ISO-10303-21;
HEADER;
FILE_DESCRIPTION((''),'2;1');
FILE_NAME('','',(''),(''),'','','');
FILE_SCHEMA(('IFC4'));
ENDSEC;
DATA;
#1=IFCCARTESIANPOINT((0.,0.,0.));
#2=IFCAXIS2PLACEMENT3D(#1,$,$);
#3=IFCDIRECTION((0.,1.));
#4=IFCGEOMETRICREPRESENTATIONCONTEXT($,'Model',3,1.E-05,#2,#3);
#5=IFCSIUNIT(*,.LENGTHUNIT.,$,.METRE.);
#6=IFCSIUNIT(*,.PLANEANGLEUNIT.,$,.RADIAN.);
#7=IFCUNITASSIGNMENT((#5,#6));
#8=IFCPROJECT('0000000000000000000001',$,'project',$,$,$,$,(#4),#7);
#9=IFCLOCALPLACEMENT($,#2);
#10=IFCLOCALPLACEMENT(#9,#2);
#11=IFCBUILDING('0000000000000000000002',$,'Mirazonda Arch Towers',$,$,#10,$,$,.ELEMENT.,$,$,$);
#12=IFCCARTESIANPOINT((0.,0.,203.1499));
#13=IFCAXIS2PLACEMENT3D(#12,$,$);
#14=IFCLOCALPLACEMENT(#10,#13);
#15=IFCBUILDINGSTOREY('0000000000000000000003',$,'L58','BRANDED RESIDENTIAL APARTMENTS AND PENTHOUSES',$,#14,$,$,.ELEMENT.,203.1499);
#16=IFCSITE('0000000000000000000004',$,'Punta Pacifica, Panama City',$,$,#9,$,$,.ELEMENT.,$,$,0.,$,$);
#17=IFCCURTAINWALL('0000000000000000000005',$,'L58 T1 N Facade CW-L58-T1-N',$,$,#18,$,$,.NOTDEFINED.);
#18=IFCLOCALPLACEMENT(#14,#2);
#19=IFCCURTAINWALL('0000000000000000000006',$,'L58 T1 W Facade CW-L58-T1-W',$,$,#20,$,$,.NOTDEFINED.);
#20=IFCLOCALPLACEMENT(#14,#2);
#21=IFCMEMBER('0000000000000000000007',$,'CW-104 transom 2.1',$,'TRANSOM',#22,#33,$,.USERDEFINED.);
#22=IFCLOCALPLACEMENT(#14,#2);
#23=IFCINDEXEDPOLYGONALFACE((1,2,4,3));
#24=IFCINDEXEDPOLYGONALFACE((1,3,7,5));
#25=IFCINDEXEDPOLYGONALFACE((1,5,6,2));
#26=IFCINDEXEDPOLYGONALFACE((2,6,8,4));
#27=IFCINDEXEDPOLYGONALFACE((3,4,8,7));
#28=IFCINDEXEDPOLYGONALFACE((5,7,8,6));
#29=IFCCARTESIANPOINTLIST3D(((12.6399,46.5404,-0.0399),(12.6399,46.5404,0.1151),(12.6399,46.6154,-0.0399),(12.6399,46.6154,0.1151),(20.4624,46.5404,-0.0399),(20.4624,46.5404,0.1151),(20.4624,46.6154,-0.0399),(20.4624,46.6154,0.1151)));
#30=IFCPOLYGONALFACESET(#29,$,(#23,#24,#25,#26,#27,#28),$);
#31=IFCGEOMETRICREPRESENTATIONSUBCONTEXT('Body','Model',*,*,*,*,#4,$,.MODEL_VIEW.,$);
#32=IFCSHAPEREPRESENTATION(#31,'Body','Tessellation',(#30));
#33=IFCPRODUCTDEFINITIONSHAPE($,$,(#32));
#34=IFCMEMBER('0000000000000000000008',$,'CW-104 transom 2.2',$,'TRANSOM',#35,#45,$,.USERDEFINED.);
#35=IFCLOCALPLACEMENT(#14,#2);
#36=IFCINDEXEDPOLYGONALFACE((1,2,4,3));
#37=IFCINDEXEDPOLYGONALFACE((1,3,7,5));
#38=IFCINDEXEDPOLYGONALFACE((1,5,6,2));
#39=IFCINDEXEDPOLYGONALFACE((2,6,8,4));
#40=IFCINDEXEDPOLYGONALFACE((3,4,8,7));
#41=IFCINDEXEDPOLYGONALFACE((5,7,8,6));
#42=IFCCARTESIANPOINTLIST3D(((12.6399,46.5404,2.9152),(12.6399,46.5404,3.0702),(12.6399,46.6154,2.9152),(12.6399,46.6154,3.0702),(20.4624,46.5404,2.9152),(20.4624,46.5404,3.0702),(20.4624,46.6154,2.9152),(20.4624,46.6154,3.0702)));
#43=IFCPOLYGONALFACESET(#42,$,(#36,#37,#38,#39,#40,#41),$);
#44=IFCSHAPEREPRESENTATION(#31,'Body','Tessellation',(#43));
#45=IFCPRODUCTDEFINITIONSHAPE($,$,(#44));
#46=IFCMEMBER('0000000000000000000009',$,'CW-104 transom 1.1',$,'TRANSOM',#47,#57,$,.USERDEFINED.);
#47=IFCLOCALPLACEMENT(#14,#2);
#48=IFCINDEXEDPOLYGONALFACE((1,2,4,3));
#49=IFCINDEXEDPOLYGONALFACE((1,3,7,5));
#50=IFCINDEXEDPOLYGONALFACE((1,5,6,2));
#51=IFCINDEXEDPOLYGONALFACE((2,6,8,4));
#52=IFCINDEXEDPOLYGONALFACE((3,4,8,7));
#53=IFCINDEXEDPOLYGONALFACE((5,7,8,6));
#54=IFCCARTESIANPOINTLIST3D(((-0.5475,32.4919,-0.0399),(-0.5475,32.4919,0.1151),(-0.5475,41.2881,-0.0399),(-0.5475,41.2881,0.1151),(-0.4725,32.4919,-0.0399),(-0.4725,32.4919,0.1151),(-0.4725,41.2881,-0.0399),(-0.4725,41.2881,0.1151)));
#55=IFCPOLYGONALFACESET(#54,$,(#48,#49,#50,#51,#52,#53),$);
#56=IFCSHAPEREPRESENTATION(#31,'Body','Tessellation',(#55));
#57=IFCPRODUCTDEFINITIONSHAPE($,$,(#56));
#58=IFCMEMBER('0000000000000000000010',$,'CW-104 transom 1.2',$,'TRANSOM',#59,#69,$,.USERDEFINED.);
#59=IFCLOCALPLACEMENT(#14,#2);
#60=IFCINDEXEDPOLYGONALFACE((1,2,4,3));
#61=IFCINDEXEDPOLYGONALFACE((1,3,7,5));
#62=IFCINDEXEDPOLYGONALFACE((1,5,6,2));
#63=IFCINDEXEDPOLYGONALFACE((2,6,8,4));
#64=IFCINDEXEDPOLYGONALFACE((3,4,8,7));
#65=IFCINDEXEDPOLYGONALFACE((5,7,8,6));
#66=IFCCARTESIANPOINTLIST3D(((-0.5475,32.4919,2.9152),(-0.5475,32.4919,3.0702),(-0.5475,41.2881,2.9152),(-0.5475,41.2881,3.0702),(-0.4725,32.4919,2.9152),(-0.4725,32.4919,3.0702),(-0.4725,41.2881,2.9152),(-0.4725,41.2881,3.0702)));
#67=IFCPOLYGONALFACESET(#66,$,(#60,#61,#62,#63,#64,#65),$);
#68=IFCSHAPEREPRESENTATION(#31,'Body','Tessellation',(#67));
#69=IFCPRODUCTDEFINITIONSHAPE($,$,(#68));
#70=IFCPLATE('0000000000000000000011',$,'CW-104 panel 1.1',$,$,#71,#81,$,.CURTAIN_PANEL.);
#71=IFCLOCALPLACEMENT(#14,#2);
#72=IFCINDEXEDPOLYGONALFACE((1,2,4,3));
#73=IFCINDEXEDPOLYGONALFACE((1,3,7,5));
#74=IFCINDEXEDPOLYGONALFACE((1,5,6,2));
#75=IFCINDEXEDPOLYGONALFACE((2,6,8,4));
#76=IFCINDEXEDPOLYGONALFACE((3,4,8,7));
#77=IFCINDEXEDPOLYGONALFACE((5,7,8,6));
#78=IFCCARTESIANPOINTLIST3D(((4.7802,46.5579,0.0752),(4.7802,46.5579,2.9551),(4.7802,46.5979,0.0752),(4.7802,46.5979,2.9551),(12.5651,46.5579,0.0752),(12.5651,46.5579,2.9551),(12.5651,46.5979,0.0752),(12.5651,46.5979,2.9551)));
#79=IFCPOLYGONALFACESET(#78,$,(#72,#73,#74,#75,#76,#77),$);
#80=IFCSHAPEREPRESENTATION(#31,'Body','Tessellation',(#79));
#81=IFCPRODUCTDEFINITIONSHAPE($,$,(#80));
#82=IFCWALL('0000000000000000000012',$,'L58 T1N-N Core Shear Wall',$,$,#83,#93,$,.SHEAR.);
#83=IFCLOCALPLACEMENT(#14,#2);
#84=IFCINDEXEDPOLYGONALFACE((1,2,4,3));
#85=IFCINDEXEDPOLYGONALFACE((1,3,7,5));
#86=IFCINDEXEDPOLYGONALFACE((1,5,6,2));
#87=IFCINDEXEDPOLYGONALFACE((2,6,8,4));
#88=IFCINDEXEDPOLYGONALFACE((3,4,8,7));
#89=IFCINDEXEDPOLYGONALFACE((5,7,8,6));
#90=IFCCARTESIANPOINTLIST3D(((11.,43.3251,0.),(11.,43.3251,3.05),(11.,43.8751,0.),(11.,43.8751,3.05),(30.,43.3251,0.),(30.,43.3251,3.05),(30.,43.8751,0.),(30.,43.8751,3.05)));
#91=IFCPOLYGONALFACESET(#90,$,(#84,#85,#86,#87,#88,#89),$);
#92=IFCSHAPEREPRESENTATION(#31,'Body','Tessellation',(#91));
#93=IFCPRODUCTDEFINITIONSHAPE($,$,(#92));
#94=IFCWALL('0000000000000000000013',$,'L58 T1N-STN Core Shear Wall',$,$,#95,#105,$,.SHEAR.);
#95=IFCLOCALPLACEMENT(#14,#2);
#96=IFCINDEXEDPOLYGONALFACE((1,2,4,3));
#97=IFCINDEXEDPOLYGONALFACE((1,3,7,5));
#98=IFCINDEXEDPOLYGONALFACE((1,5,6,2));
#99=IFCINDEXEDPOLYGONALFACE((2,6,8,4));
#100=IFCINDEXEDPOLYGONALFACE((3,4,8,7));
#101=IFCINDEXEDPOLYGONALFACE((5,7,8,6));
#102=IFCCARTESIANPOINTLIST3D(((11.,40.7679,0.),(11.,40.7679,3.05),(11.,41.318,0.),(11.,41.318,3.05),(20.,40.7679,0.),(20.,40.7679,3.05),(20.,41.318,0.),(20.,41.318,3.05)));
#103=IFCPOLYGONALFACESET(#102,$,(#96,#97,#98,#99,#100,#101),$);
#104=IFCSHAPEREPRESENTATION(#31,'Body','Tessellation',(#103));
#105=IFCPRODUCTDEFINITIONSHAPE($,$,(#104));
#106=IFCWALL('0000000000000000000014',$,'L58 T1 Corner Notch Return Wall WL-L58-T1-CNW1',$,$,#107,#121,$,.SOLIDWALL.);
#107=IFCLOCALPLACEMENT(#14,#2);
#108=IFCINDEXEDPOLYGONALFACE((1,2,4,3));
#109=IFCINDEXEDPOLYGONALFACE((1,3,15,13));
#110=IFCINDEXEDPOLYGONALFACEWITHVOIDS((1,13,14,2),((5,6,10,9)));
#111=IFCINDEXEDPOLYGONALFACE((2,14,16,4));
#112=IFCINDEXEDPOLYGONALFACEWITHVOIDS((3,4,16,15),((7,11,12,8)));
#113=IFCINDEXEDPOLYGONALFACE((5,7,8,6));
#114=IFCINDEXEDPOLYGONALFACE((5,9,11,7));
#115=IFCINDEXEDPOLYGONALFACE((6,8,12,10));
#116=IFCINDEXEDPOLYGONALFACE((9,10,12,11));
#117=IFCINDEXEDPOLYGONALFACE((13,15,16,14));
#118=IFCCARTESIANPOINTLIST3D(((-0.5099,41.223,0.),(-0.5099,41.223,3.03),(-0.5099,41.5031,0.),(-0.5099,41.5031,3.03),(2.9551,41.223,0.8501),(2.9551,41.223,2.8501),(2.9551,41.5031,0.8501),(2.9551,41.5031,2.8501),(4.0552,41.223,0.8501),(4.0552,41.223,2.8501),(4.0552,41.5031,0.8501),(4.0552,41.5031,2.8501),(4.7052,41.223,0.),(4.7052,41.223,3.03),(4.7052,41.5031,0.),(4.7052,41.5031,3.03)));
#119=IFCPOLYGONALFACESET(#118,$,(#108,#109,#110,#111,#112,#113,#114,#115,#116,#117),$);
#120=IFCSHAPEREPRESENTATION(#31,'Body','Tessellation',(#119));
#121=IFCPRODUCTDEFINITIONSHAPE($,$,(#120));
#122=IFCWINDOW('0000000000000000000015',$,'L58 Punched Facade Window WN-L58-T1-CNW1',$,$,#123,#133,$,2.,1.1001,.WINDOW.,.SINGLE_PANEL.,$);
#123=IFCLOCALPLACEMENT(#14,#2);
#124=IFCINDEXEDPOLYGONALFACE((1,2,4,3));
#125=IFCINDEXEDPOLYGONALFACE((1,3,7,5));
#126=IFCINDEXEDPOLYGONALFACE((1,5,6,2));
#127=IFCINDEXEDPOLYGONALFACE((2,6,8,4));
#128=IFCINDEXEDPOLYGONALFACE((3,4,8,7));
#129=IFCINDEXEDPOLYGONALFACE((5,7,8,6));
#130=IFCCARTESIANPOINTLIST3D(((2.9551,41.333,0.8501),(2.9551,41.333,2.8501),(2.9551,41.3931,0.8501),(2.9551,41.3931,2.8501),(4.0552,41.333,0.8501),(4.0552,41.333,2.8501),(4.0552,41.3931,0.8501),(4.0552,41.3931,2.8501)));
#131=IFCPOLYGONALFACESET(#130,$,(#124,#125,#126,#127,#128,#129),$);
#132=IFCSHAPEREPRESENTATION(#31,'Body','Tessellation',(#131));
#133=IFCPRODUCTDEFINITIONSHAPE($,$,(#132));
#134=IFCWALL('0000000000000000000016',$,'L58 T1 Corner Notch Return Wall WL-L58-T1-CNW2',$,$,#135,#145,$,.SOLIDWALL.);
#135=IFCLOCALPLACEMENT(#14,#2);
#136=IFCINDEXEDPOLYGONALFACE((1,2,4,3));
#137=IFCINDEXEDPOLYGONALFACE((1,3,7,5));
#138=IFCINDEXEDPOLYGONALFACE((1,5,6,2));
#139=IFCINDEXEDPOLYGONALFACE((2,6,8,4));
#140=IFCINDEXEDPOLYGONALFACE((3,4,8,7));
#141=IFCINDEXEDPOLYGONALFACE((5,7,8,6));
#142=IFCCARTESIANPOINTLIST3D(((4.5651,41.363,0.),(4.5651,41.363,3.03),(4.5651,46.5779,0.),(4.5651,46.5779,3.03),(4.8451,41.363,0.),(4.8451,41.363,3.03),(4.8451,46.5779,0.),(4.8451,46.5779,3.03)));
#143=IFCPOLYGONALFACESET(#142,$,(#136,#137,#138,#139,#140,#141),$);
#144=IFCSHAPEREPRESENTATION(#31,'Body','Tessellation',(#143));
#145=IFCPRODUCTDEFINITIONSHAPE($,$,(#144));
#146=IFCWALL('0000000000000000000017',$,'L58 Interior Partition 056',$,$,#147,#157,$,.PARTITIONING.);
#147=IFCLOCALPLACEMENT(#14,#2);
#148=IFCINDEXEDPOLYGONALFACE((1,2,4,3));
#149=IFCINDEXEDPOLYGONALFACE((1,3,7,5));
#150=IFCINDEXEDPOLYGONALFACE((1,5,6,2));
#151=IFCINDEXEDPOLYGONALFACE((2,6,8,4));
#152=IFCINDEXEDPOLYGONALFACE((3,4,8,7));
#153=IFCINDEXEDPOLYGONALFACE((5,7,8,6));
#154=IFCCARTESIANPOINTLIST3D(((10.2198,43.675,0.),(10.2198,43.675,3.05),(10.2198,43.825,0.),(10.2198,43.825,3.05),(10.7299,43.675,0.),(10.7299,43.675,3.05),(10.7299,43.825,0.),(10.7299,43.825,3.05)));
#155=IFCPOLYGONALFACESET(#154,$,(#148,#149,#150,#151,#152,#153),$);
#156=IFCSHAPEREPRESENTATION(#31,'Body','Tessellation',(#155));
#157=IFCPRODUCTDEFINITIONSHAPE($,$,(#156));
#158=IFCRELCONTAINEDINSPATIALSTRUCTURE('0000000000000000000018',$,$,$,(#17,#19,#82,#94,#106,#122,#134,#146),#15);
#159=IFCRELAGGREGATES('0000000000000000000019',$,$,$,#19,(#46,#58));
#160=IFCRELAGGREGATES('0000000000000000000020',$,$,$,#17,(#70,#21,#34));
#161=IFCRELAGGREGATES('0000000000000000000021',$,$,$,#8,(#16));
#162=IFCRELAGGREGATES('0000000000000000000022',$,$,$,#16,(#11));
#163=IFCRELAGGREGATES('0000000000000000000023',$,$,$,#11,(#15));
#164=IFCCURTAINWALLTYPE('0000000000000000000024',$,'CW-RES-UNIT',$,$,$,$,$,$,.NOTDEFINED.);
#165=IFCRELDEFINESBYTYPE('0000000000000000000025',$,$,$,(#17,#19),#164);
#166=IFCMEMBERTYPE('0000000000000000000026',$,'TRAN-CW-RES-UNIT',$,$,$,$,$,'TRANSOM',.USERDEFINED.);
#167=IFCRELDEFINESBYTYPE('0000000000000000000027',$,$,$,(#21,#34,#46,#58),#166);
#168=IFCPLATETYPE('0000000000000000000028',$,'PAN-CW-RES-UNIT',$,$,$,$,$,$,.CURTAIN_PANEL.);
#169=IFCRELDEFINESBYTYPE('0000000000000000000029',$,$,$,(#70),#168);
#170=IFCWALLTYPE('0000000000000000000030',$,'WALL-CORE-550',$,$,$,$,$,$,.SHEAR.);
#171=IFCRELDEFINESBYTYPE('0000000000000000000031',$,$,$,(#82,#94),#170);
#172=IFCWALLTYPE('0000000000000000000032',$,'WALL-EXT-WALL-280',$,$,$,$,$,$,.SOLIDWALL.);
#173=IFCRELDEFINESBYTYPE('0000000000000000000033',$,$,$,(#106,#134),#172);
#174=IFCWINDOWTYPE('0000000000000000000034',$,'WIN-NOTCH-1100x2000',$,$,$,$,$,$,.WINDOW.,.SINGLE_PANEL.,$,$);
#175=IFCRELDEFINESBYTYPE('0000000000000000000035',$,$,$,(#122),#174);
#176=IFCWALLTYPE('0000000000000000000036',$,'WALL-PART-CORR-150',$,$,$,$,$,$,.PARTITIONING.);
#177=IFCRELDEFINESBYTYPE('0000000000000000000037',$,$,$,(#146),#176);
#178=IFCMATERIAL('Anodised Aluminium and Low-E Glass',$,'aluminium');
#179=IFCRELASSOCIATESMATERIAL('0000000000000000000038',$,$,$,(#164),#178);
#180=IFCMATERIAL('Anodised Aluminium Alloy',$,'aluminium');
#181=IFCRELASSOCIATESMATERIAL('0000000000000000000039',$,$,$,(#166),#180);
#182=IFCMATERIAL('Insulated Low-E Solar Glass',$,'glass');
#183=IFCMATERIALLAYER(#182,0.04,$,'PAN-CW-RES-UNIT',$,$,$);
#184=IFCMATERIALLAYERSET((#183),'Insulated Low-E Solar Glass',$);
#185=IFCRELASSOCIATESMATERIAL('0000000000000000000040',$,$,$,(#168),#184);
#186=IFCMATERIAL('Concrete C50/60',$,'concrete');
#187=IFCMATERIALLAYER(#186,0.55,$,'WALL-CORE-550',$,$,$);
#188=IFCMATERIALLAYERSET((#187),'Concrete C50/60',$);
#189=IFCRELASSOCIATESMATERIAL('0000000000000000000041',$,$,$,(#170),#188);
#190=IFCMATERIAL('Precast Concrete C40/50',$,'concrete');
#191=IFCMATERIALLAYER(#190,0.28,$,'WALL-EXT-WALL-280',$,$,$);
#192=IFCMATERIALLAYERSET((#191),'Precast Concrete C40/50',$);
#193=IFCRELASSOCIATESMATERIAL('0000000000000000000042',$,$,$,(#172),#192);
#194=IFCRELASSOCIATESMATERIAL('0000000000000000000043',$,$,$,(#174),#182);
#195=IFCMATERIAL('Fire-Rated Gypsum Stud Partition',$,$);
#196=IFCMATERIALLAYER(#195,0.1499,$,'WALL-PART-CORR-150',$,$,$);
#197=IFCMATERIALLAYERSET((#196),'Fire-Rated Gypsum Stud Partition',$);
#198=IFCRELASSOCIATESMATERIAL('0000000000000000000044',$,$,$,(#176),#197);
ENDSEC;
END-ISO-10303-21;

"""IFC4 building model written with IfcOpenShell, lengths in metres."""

from ifc_helpers import new_model, si_unit, direction, frame, frame_2d, origin, origin_2d, place, context, subcontext, project, spatial, rectangle, extrude, material, layer, layer_set, material_profile, profile_set, type_object, element, fill, aggregate, save


model = new_model("IFC4")

# Units and contexts
model_context = context("Model", 3, precision=1e-05, world=origin(), true_north=direction((0.0, 1.0)))
body_context = subcontext(model_context, "Body", "Model", "MODEL_VIEW")
ifc_project = project(units=[si_unit("LENGTHUNIT", "METRE"), si_unit("PLANEANGLEUNIT", "RADIAN")], contexts=[model_context])

# Site, building, storey
site_placement = place(None, origin())
site = spatial("IfcSite", under=ifc_project, at=site_placement, Name="Punta Pacifica, Panama City", CompositionType="ELEMENT", RefElevation=0.0)
building_placement = place(site_placement, origin())
building = spatial("IfcBuilding", under=site, at=building_placement, Name="Mirazonda Arch Towers", CompositionType="ELEMENT")
storey_placement = place(building_placement, frame((0.0, 0.0, 203.1499)))
storey = spatial("IfcBuildingStorey", under=building, at=storey_placement, Name="L58", Description="BRANDED RESIDENTIAL APARTMENTS AND PENTHOUSES", CompositionType="ELEMENT", Elevation=203.1499)

# Shared definitions
ifc_material_1 = material(Name="Concrete C50/60", Category="concrete")

# Curtain wall
ifc_material_2 = material(Name="Anodised Aluminium and Low-E Glass", Category="aluminium")
curtain_wall_type = type_object("IfcCurtainWallType", Name="CW-RES-UNIT", PredefinedType="NOTDEFINED", material=ifc_material_2)
curtain_wall_1_placement = place(storey_placement, origin())
curtain_wall_1 = element("IfcCurtainWall", 1, at=curtain_wall_1_placement, inside=storey, type_object=curtain_wall_type, Name="L58 T1 N Facade CW-L58-T1-N", PredefinedType="NOTDEFINED")
ifc_material_3 = material(Name="Anodised Aluminium Alloy", Category="aluminium")

# Curtain wall
curtain_wall_2_placement = place(storey_placement, origin())
curtain_wall_2 = element("IfcCurtainWall", 2, at=curtain_wall_2_placement, inside=storey, type_object=curtain_wall_type, Name="L58 T1 W Facade CW-L58-T1-W", PredefinedType="NOTDEFINED")

# Members
ifc_material_profile_1 = material_profile(ifc_material_3, rectangle(XDim=0.075, YDim=0.155, at=origin_2d()), Name="ALU-TRAN-75x155")
ifc_profile_set_1 = profile_set([ifc_material_profile_1], Name="Anodised Aluminium Alloy")
member_type_1 = type_object("IfcMemberType", Name="TRAN-CW-RES-UNIT", ElementType="TRANSOM", PredefinedType="USERDEFINED", material=ifc_profile_set_1)
member_1_placement = place(storey_placement, frame((12.6399, 46.5779, 0.0376), z_axis=(1.0, 0.0, 0.0), x_axis=(0.0, 1.0, 0.0)))
member_1 = element("IfcMember", 3, at=member_1_placement, type_object=member_type_1, Name="CW-104 transom 2.1", ObjectType="TRANSOM", PredefinedType="USERDEFINED", context=body_context, shape_type="SweptSolid", body=[
    extrude(rectangle(XDim=0.075, YDim=0.155, at=origin_2d()), origin(), (0.0, 0.0, 1.0), 7.8225),
])
member_2_placement = place(storey_placement, frame((12.6399, 46.5779, 2.9927), z_axis=(1.0, 0.0, 0.0), x_axis=(0.0, 1.0, 0.0)))
member_2 = element("IfcMember", 4, at=member_2_placement, type_object=member_type_1, Name="CW-104 transom 2.2", ObjectType="TRANSOM", PredefinedType="USERDEFINED", context=body_context, shape_type="SweptSolid", body=[
    extrude(rectangle(XDim=0.075, YDim=0.155, at=origin_2d()), origin(), (0.0, 0.0, 1.0), 7.8225),
])
member_3_placement = place(storey_placement, frame((-0.51, 41.2881, 0.0376), z_axis=(0.0, -1.0, 0.0), x_axis=(1.0, 0.0, 0.0)))
member_3 = element("IfcMember", 5, at=member_3_placement, type_object=member_type_1, Name="CW-104 transom 1.1", ObjectType="TRANSOM", PredefinedType="USERDEFINED", context=body_context, shape_type="SweptSolid", body=[
    extrude(rectangle(XDim=0.075, YDim=0.155, at=origin_2d()), origin(), (0.0, 0.0, 1.0), 8.7961),
])
member_4_placement = place(storey_placement, frame((-0.51, 41.2881, 2.9927), z_axis=(0.0, -1.0, 0.0), x_axis=(1.0, 0.0, 0.0)))
member_4 = element("IfcMember", 6, at=member_4_placement, type_object=member_type_1, Name="CW-104 transom 1.2", ObjectType="TRANSOM", PredefinedType="USERDEFINED", context=body_context, shape_type="SweptSolid", body=[
    extrude(rectangle(XDim=0.075, YDim=0.155, at=origin_2d()), origin(), (0.0, 0.0, 1.0), 8.7961),
])
aggregate(curtain_wall_2, [member_3, member_4])

# Plate
ifc_material_4 = material(Name="Insulated Low-E Solar Glass", Category="glass")
ifc_layer_1 = layer(ifc_material_4, 0.04, Name="PAN-CW-RES-UNIT")
ifc_layer_set_1 = layer_set([ifc_layer_1], Name="Insulated Low-E Solar Glass")
plate_type = type_object("IfcPlateType", Name="PAN-CW-RES-UNIT", PredefinedType="CURTAIN_PANEL", material=ifc_layer_set_1)
plate_placement = place(storey_placement, frame((8.6726, 46.5779, 0.0752), z_axis=(0.0, 0.0, 1.0), x_axis=(1.0, 0.0, 0.0)))
plate = element("IfcPlate", 7, at=plate_placement, type_object=plate_type, Name="CW-104 panel 1.1", PredefinedType="CURTAIN_PANEL", context=body_context, shape_type="SweptSolid", body=[
    extrude(rectangle(XDim=7.7849, YDim=0.04, at=origin_2d()), origin(), (0.0, 0.0, 1.0), 2.8799),
])
aggregate(curtain_wall_1, [plate, member_1, member_2])

# Walls
ifc_layer_2 = layer(ifc_material_1, 0.55, Name="WALL-CORE-550")
ifc_layer_set_2 = layer_set([ifc_layer_2], Name="Concrete C50/60")
wall_type_1 = type_object("IfcWallType", Name="WALL-CORE-550", PredefinedType="SHEAR", material=ifc_layer_set_2)
wall_1_placement = place(storey_placement, frame((11.0, 43.6001, 0.0), z_axis=(0.0, 0.0, 1.0), x_axis=(1.0, 0.0, 0.0)))
element("IfcWall", 8, at=wall_1_placement, inside=storey, type_object=wall_type_1, Name="L58 T1N-N Core Shear Wall", PredefinedType="SHEAR", context=body_context, shape_type="SweptSolid", body=[
    extrude(rectangle(XDim=19.0, YDim=0.55, at=frame_2d((9.5, 0.0))), origin(), (0.0, 0.0, 1.0), 3.05),
])
wall_2_placement = place(storey_placement, frame((11.0, 41.043, 0.0), z_axis=(0.0, 0.0, 1.0), x_axis=(1.0, 0.0, 0.0)))
element("IfcWall", 9, at=wall_2_placement, inside=storey, type_object=wall_type_1, Name="L58 T1N-STN Core Shear Wall", PredefinedType="SHEAR", context=body_context, shape_type="SweptSolid", body=[
    extrude(rectangle(XDim=9.0, YDim=0.55, at=frame_2d((4.5, 0.0))), origin(), (0.0, 0.0, 1.0), 3.05),
])

# Wall, opening, window
ifc_material_5 = material(Name="Precast Concrete C40/50", Category="concrete")
ifc_layer_3 = layer(ifc_material_5, 0.28, Name="WALL-EXT-WALL-280")
ifc_layer_set_3 = layer_set([ifc_layer_3], Name="Precast Concrete C40/50")
wall_type_2 = type_object("IfcWallType", Name="WALL-EXT-WALL-280", PredefinedType="SOLIDWALL", material=ifc_layer_set_3)
wall_3_placement = place(storey_placement, frame((4.7051, 41.363, 0.0), z_axis=(0.0, 0.0, 1.0), x_axis=(-1.0, 0.0, 0.0)))
wall_3 = element("IfcWall", 10, at=wall_3_placement, inside=storey, type_object=wall_type_2, Name="L58 T1 Corner Notch Return Wall WL-L58-T1-CNW1", PredefinedType="SOLIDWALL", context=body_context, shape_type="SweptSolid", body=[
    extrude(rectangle(XDim=5.2151, YDim=0.28, at=frame_2d((2.6074, 0.0))), origin(), (0.0, 0.0, 1.0), 3.03),
])
opening_1_placement = place(wall_3_placement, frame((0.6499, 0.0, 0.8501)))
opening_1 = element("IfcOpeningElement", 11, at=opening_1_placement, cuts=wall_3, PredefinedType="OPENING", context=body_context, shape_type="SweptSolid", body=[
    extrude(rectangle(XDim=1.1001, YDim=2.0, at=frame_2d((0.55, 1.0))), frame((0.0, 0.1499, 0.0), z_axis=(0.0, -1.0, 0.0), x_axis=(1.0, 0.0, 0.0)), (0.0, 0.0, 1.0), 0.3),
])
window_type = type_object("IfcWindowType", Name="WIN-NOTCH-1100x2000", PartitioningType="SINGLE_PANEL", PredefinedType="WINDOW", material=ifc_material_4)
window_placement = place(opening_1_placement, origin())
window = element("IfcWindow", 12, at=window_placement, inside=storey, type_object=window_type, Name="L58 Punched Facade Window WN-L58-T1-CNW1", OverallHeight=2.0, OverallWidth=1.1001, PartitioningType="SINGLE_PANEL", PredefinedType="WINDOW", context=body_context, shape_type="SweptSolid", body=[
    extrude(rectangle(XDim=1.1001, YDim=2.0, at=frame_2d((0.55, 1.0))), frame((0.0, 0.03, 0.0), z_axis=(0.0, -1.0, 0.0), x_axis=(1.0, 0.0, 0.0)), (0.0, 0.0, 1.0), 0.0601),
])
fill(opening_1, window)

# Walls
wall_4_placement = place(storey_placement, frame((4.7051, 46.5779, 0.0), z_axis=(0.0, 0.0, 1.0), x_axis=(0.0, -1.0, 0.0)))
element("IfcWall", 13, at=wall_4_placement, inside=storey, type_object=wall_type_2, Name="L58 T1 Corner Notch Return Wall WL-L58-T1-CNW2", PredefinedType="SOLIDWALL", context=body_context, shape_type="SweptSolid", body=[
    extrude(rectangle(XDim=5.2148, YDim=0.28, at=frame_2d((2.6074, 0.0))), origin(), (0.0, 0.0, 1.0), 3.03),
])
ifc_material_6 = material(Name="Fire-Rated Gypsum Stud Partition")
ifc_layer_4 = layer(ifc_material_6, 0.1499, Name="WALL-PART-CORR-150")
ifc_layer_set_4 = layer_set([ifc_layer_4], Name="Fire-Rated Gypsum Stud Partition")
wall_type_3 = type_object("IfcWallType", Name="WALL-PART-CORR-150", PredefinedType="PARTITIONING", material=ifc_layer_set_4)
wall_5_placement = place(storey_placement, frame((10.22, 43.75, 0.0), z_axis=(0.0, 0.0, 1.0), x_axis=(1.0, 0.0, 0.0)))
element("IfcWall", 14, at=wall_5_placement, inside=storey, type_object=wall_type_3, Name="L58 Interior Partition 056", PredefinedType="PARTITIONING", context=body_context, shape_type="SweptSolid", body=[
    extrude(rectangle(XDim=0.51, YDim=0.1499, at=frame_2d((0.2549, 0.0))), origin(), (0.0, 0.0, 1.0), 3.05),
])

save(model, "model.ifc")
